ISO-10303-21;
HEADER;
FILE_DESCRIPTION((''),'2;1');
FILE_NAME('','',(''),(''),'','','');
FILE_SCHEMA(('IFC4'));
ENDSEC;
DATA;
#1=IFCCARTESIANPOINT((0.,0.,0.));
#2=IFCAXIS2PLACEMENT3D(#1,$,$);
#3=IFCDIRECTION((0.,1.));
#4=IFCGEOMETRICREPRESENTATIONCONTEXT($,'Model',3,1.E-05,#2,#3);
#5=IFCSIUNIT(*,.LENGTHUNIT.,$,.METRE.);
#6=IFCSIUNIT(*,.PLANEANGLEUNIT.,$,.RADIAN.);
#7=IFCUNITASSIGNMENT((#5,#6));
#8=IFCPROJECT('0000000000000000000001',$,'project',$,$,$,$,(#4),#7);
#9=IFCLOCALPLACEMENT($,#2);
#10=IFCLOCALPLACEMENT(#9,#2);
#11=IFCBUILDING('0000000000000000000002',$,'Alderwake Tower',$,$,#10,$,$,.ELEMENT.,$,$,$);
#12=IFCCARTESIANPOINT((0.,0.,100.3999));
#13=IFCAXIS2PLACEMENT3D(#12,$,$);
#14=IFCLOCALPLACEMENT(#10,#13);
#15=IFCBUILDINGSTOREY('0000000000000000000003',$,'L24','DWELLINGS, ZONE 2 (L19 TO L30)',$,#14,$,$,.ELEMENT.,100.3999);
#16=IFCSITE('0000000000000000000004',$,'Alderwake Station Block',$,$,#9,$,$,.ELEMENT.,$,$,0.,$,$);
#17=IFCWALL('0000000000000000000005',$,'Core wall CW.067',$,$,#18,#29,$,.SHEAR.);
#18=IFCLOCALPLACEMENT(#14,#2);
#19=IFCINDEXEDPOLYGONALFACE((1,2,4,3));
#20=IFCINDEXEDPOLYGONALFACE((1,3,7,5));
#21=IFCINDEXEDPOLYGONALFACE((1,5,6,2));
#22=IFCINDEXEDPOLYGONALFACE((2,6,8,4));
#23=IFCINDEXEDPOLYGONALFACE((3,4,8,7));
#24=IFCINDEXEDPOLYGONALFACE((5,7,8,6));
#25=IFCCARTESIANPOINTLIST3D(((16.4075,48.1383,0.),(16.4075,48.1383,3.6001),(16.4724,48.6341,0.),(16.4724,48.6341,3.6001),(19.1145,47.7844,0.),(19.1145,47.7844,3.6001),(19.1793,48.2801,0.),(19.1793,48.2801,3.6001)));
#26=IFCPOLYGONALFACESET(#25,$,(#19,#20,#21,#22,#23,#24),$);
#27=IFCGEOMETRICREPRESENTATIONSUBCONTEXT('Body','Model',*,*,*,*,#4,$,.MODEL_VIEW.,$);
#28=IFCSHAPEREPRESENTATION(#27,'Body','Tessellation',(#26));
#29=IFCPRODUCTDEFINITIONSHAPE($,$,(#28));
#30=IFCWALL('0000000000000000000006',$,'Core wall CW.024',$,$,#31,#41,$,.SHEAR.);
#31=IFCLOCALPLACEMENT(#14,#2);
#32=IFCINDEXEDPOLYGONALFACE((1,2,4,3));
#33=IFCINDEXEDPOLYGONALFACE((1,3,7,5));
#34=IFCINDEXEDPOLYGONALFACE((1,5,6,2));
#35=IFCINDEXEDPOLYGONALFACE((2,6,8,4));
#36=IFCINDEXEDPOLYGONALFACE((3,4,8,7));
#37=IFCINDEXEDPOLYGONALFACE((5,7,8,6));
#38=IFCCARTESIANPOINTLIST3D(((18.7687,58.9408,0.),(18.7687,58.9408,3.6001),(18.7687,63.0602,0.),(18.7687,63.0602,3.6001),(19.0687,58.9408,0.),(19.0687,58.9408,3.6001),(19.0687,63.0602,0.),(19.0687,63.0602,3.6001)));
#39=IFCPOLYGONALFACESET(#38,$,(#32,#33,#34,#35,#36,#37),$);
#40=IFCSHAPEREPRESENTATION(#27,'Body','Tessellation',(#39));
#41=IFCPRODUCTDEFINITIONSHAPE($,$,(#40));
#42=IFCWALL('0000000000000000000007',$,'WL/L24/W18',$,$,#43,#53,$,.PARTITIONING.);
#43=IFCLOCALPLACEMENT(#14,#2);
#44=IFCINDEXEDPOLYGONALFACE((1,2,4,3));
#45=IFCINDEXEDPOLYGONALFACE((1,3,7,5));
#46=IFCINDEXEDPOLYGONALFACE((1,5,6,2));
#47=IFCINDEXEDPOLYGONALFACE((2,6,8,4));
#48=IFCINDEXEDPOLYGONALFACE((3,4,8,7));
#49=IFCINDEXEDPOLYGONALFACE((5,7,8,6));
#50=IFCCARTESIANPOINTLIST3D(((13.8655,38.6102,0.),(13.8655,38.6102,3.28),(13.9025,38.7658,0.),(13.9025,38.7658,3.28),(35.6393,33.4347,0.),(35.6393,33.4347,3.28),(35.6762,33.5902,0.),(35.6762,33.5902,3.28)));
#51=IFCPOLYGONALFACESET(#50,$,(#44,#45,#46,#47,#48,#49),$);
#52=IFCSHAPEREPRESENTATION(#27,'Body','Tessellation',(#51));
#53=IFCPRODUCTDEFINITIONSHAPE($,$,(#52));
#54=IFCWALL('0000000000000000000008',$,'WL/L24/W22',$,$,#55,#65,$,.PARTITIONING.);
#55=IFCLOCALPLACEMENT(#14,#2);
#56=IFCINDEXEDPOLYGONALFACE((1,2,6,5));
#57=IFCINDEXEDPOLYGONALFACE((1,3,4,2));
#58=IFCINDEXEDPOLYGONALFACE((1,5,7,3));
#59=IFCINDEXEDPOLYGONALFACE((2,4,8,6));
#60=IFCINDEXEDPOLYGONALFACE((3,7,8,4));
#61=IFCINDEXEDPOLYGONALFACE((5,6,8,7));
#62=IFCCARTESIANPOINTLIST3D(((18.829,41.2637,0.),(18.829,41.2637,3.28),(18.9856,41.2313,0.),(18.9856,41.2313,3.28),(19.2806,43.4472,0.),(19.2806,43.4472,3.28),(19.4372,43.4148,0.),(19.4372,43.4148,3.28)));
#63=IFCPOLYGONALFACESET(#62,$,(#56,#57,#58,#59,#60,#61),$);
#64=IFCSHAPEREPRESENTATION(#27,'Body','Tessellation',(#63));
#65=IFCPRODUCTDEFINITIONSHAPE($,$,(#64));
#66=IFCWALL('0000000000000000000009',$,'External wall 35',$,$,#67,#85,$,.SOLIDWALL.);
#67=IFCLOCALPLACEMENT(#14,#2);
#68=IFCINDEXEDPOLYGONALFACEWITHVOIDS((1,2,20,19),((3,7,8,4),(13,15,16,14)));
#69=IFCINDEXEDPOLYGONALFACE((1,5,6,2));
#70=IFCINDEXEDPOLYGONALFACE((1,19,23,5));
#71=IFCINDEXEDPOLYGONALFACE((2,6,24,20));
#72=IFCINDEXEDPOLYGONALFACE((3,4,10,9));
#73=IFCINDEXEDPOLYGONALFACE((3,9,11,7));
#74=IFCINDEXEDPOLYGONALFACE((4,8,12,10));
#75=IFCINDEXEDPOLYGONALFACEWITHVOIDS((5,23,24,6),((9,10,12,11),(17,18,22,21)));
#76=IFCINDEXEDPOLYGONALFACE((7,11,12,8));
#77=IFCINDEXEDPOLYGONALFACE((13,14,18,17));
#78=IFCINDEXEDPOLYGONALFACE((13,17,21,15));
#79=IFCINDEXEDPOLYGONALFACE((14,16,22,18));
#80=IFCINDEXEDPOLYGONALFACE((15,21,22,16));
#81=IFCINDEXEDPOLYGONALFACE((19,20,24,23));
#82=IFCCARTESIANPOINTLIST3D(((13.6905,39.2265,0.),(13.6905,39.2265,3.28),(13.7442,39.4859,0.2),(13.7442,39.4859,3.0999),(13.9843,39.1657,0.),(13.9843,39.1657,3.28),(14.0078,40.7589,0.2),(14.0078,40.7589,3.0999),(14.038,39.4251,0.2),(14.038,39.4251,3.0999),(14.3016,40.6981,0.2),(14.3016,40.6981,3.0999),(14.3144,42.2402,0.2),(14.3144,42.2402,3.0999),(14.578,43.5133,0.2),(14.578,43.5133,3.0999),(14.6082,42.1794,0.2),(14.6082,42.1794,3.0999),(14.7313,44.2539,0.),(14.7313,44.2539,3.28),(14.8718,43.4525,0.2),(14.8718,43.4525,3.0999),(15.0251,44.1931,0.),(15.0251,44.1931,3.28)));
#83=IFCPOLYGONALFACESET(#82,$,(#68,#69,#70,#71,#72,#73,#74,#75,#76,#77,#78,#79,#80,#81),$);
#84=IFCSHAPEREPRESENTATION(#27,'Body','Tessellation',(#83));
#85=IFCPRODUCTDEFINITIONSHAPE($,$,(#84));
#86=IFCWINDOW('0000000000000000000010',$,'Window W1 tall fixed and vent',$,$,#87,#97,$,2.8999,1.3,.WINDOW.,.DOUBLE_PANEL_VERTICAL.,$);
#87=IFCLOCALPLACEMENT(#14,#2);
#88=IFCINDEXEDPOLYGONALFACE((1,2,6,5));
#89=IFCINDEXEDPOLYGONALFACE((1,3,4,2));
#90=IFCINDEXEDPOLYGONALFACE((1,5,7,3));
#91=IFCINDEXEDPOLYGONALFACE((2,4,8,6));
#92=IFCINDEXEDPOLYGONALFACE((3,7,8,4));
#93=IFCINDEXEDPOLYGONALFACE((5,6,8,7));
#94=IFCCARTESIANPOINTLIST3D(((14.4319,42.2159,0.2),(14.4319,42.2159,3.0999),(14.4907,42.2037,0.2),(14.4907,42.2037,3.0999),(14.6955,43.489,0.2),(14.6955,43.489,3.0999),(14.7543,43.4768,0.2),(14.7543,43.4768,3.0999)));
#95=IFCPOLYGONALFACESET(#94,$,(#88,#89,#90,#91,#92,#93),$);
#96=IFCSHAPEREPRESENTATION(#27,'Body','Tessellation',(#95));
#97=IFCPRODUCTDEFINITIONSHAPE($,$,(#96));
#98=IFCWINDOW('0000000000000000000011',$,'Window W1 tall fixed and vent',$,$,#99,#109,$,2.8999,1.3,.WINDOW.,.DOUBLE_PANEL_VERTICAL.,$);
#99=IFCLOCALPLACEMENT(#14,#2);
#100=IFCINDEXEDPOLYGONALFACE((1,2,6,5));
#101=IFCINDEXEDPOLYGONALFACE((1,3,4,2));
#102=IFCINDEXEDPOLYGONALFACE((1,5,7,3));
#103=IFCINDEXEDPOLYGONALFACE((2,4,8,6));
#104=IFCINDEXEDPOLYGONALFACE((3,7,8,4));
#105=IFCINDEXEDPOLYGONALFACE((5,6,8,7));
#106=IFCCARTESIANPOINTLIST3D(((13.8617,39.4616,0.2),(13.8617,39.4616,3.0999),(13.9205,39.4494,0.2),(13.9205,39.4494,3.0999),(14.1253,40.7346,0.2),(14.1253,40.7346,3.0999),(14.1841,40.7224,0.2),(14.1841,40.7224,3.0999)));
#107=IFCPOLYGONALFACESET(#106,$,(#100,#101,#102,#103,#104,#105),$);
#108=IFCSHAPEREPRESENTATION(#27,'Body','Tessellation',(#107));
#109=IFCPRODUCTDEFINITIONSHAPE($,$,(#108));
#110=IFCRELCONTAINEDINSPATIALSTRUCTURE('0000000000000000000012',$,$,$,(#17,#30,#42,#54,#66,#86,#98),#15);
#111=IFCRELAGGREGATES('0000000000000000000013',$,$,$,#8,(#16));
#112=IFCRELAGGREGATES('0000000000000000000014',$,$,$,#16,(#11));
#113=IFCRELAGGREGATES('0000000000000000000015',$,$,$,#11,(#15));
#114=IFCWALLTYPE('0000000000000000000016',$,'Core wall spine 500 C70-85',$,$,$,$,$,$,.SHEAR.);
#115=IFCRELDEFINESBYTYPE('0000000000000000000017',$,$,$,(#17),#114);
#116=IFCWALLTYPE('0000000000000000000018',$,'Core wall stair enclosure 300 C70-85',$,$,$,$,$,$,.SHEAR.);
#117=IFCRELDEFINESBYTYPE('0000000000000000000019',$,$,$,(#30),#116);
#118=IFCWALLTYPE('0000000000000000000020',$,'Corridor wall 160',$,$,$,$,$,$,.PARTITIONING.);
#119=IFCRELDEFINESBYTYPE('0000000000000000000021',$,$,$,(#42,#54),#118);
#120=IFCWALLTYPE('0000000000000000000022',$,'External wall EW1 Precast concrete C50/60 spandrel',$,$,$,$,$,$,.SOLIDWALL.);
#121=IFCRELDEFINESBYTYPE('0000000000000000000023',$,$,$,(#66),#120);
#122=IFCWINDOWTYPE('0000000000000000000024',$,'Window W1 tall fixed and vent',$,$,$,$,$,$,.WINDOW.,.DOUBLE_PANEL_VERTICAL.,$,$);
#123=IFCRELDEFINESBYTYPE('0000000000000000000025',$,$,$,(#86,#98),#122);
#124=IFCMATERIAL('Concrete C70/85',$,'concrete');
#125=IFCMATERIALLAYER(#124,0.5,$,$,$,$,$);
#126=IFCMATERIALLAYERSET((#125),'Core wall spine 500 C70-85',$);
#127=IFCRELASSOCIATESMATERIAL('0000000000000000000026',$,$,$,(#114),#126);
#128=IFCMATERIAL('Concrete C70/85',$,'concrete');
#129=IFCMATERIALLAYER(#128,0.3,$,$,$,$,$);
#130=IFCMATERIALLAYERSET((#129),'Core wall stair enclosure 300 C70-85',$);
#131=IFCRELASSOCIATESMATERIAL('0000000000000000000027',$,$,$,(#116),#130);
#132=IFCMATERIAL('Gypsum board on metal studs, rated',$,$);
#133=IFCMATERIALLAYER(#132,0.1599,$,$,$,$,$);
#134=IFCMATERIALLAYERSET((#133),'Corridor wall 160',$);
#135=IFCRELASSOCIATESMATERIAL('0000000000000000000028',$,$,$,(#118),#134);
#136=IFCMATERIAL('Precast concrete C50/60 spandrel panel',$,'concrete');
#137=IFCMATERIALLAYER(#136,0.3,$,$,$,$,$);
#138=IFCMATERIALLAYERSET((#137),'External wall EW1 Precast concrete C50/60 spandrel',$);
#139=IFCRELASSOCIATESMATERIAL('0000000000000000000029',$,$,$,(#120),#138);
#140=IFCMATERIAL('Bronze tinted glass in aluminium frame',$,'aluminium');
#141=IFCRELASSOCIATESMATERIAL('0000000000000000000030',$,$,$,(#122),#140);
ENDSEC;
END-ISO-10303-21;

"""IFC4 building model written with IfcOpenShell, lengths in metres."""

from ifc_helpers import new_model, si_unit, direction, frame, frame_2d, origin, place, context, subcontext, project, spatial, rectangle, extrude, material, layer, layer_set, type_object, element, fill, save


model = new_model("IFC4")

# Units and contexts
model_context = context("Model", 3, precision=1e-05, world=origin(), true_north=direction((0.0, 1.0)))
body_context = subcontext(model_context, "Body", "Model", "MODEL_VIEW")
ifc_project = project(units=[si_unit("LENGTHUNIT", "METRE"), si_unit("PLANEANGLEUNIT", "RADIAN")], contexts=[model_context])

# Site, building, storey
site_placement = place(None, origin())
site = spatial("IfcSite", under=ifc_project, at=site_placement, Name="Alderwake Station Block", CompositionType="ELEMENT", RefElevation=0.0)
building_placement = place(site_placement, origin())
building = spatial("IfcBuilding", under=site, at=building_placement, Name="Alderwake Tower", CompositionType="ELEMENT")
storey_placement = place(building_placement, frame((0.0, 0.0, 100.3999)))
storey = spatial("IfcBuildingStorey", under=building, at=storey_placement, Name="L24", Description="DWELLINGS, ZONE 2 (L19 TO L30)", CompositionType="ELEMENT", Elevation=100.3999)

# Shared definitions
ifc_material_1 = material(Name="Concrete C70/85", Category="concrete")
ifc_layer_1 = layer(ifc_material_1, 0.5)
ifc_layer_set_1 = layer_set([ifc_layer_1], Name="Core wall spine 500 C70-85")
wall_type_1 = type_object("IfcWallType", Name="Core wall spine 500 C70-85", PredefinedType="SHEAR", material=ifc_layer_set_1)

# Walls
wall_1_placement = place(storey_placement, frame((16.4399, 48.3862, 0.0), z_axis=(0.0, 0.0, 1.0), x_axis=(0.991557, -0.129668, 0.0)))
element("IfcWall", 1, at=wall_1_placement, inside=storey, type_object=wall_type_1, Name="Core wall CW.067", PredefinedType="SHEAR", context=body_context, shape_type="SweptSolid", body=[
    extrude(rectangle(XDim=2.73, YDim=0.5, at=frame_2d((1.365, 0.0))), origin(), (0.0, 0.0, 1.0), 3.6001),
])
ifc_material_2 = material(Name="Concrete C70/85", Category="concrete")
ifc_layer_2 = layer(ifc_material_2, 0.3)
ifc_layer_set_2 = layer_set([ifc_layer_2], Name="Core wall stair enclosure 300 C70-85")
wall_type_2 = type_object("IfcWallType", Name="Core wall stair enclosure 300 C70-85", PredefinedType="SHEAR", material=ifc_layer_set_2)
wall_2_placement = place(storey_placement, frame((18.9187, 58.9409, 0.0), z_axis=(0.0, 0.0, 1.0), x_axis=(0.0, 1.0, 0.0)))
element("IfcWall", 2, at=wall_2_placement, inside=storey, type_object=wall_type_2, Name="Core wall CW.024", PredefinedType="SHEAR", context=body_context, shape_type="SweptSolid", body=[
    extrude(rectangle(XDim=4.1194, YDim=0.3, at=frame_2d((2.0596, 0.0))), origin(), (0.0, 0.0, 1.0), 3.6001),
])
ifc_material_3 = material(Name="Gypsum board on metal studs, rated")
ifc_layer_3 = layer(ifc_material_3, 0.1599)
ifc_layer_set_3 = layer_set([ifc_layer_3], Name="Corridor wall 160")
wall_type_3 = type_object("IfcWallType", Name="Corridor wall 160", PredefinedType="PARTITIONING", material=ifc_layer_set_3)
wall_3_placement = place(storey_placement, frame((13.884, 38.688, 0.0), z_axis=(0.0, 0.0, 1.0), x_axis=(0.972893, -0.231254, 0.0)))
element("IfcWall", 3, at=wall_3_placement, inside=storey, type_object=wall_type_3, Name="WL/L24/W18", PredefinedType="PARTITIONING", context=body_context, shape_type="SweptSolid", body=[
    extrude(rectangle(XDim=22.3804, YDim=0.1599, at=frame_2d((11.1902, 0.0))), origin(), (0.0, 0.0, 1.0), 3.28),
])
wall_4_placement = place(storey_placement, frame((19.3589, 43.4309, 0.0), z_axis=(0.0, 0.0, 1.0), x_axis=(-0.202555, -0.979271, 0.0)))
element("IfcWall", 4, at=wall_4_placement, inside=storey, type_object=wall_type_3, Name="WL/L24/W22", PredefinedType="PARTITIONING", context=body_context, shape_type="SweptSolid", body=[
    extrude(rectangle(XDim=2.2297, YDim=0.1599, at=frame_2d((1.1147, 0.0))), origin(), (0.0, 0.0, 1.0), 3.28),
])

# Wall, openings, windows
ifc_material_4 = material(Name="Precast concrete C50/60 spandrel panel", Category="concrete")
ifc_layer_4 = layer(ifc_material_4, 0.3)
ifc_layer_set_4 = layer_set([ifc_layer_4], Name="External wall EW1 Precast concrete C50/60 spandrel")
wall_type_4 = type_object("IfcWallType", Name="External wall EW1 Precast concrete C50/60 spandrel", PredefinedType="SOLIDWALL", material=ifc_layer_set_4)
wall_5_placement = place(storey_placement, frame((14.8782, 44.2234, 0.0), z_axis=(0.0, 0.0, 1.0), x_axis=(-0.202724, -0.979236, 0.0)))
wall_5 = element("IfcWall", 5, at=wall_5_placement, inside=storey, type_object=wall_type_4, Name="External wall 35", PredefinedType="SOLIDWALL", context=body_context, shape_type="SweptSolid", body=[
    extrude(rectangle(XDim=5.134, YDim=0.3, at=frame_2d((2.5669, 0.0))), origin(), (0.0, 0.0, 1.0), 3.28),
])
opening_1_placement = place(wall_5_placement, frame((0.7563, 0.0, 0.2)))
opening_1 = element("IfcOpeningElement", 6, at=opening_1_placement, cuts=wall_5, PredefinedType="OPENING", context=body_context, shape_type="SweptSolid", body=[
    extrude(rectangle(XDim=1.3, YDim=2.8999, at=frame_2d((0.6499, 1.45))), frame((0.0, 0.1599, 0.0), z_axis=(0.0, -1.0, 0.0), x_axis=(1.0, 0.0, 0.0)), (0.0, 0.0, 1.0), 0.3201),
])
opening_2_placement = place(wall_5_placement, frame((3.5691, 0.0, 0.2)))
opening_2 = element("IfcOpeningElement", 7, at=opening_2_placement, cuts=wall_5, PredefinedType="OPENING", context=body_context, shape_type="SweptSolid", body=[
    extrude(rectangle(XDim=1.3, YDim=2.8999, at=frame_2d((0.6499, 1.45))), frame((0.0, 0.1599, 0.0), z_axis=(0.0, -1.0, 0.0), x_axis=(1.0, 0.0, 0.0)), (0.0, 0.0, 1.0), 0.3201),
])
ifc_material_5 = material(Name="Bronze tinted glass in aluminium frame", Category="aluminium")
window_type = type_object("IfcWindowType", Name="Window W1 tall fixed and vent", PartitioningType="DOUBLE_PANEL_VERTICAL", PredefinedType="WINDOW", material=ifc_material_5)
window_1_placement = place(opening_1_placement, origin())
window_1 = element("IfcWindow", 8, at=window_1_placement, inside=storey, type_object=window_type, Name="Window W1 tall fixed and vent", OverallHeight=2.8999, OverallWidth=1.3, PartitioningType="DOUBLE_PANEL_VERTICAL", PredefinedType="WINDOW", context=body_context, shape_type="SweptSolid", body=[
    extrude(rectangle(XDim=1.3, YDim=2.8999, at=frame_2d((0.6499, 1.45))), frame((0.0, 0.03, 0.0), z_axis=(0.0, -1.0, 0.0), x_axis=(1.0, 0.0, 0.0)), (0.0, 0.0, 1.0), 0.0601),
])
fill(opening_1, window_1)
window_2_placement = place(opening_2_placement, origin())
window_2 = element("IfcWindow", 9, at=window_2_placement, inside=storey, type_object=window_type, Name="Window W1 tall fixed and vent", OverallHeight=2.8999, OverallWidth=1.3, PartitioningType="DOUBLE_PANEL_VERTICAL", PredefinedType="WINDOW", context=body_context, shape_type="SweptSolid", body=[
    extrude(rectangle(XDim=1.3, YDim=2.8999, at=frame_2d((0.6499, 1.45))), frame((0.0, 0.03, 0.0), z_axis=(0.0, -1.0, 0.0), x_axis=(1.0, 0.0, 0.0)), (0.0, 0.0, 1.0), 0.0601),
])
fill(opening_2, window_2)

save(model, "model.ifc")
